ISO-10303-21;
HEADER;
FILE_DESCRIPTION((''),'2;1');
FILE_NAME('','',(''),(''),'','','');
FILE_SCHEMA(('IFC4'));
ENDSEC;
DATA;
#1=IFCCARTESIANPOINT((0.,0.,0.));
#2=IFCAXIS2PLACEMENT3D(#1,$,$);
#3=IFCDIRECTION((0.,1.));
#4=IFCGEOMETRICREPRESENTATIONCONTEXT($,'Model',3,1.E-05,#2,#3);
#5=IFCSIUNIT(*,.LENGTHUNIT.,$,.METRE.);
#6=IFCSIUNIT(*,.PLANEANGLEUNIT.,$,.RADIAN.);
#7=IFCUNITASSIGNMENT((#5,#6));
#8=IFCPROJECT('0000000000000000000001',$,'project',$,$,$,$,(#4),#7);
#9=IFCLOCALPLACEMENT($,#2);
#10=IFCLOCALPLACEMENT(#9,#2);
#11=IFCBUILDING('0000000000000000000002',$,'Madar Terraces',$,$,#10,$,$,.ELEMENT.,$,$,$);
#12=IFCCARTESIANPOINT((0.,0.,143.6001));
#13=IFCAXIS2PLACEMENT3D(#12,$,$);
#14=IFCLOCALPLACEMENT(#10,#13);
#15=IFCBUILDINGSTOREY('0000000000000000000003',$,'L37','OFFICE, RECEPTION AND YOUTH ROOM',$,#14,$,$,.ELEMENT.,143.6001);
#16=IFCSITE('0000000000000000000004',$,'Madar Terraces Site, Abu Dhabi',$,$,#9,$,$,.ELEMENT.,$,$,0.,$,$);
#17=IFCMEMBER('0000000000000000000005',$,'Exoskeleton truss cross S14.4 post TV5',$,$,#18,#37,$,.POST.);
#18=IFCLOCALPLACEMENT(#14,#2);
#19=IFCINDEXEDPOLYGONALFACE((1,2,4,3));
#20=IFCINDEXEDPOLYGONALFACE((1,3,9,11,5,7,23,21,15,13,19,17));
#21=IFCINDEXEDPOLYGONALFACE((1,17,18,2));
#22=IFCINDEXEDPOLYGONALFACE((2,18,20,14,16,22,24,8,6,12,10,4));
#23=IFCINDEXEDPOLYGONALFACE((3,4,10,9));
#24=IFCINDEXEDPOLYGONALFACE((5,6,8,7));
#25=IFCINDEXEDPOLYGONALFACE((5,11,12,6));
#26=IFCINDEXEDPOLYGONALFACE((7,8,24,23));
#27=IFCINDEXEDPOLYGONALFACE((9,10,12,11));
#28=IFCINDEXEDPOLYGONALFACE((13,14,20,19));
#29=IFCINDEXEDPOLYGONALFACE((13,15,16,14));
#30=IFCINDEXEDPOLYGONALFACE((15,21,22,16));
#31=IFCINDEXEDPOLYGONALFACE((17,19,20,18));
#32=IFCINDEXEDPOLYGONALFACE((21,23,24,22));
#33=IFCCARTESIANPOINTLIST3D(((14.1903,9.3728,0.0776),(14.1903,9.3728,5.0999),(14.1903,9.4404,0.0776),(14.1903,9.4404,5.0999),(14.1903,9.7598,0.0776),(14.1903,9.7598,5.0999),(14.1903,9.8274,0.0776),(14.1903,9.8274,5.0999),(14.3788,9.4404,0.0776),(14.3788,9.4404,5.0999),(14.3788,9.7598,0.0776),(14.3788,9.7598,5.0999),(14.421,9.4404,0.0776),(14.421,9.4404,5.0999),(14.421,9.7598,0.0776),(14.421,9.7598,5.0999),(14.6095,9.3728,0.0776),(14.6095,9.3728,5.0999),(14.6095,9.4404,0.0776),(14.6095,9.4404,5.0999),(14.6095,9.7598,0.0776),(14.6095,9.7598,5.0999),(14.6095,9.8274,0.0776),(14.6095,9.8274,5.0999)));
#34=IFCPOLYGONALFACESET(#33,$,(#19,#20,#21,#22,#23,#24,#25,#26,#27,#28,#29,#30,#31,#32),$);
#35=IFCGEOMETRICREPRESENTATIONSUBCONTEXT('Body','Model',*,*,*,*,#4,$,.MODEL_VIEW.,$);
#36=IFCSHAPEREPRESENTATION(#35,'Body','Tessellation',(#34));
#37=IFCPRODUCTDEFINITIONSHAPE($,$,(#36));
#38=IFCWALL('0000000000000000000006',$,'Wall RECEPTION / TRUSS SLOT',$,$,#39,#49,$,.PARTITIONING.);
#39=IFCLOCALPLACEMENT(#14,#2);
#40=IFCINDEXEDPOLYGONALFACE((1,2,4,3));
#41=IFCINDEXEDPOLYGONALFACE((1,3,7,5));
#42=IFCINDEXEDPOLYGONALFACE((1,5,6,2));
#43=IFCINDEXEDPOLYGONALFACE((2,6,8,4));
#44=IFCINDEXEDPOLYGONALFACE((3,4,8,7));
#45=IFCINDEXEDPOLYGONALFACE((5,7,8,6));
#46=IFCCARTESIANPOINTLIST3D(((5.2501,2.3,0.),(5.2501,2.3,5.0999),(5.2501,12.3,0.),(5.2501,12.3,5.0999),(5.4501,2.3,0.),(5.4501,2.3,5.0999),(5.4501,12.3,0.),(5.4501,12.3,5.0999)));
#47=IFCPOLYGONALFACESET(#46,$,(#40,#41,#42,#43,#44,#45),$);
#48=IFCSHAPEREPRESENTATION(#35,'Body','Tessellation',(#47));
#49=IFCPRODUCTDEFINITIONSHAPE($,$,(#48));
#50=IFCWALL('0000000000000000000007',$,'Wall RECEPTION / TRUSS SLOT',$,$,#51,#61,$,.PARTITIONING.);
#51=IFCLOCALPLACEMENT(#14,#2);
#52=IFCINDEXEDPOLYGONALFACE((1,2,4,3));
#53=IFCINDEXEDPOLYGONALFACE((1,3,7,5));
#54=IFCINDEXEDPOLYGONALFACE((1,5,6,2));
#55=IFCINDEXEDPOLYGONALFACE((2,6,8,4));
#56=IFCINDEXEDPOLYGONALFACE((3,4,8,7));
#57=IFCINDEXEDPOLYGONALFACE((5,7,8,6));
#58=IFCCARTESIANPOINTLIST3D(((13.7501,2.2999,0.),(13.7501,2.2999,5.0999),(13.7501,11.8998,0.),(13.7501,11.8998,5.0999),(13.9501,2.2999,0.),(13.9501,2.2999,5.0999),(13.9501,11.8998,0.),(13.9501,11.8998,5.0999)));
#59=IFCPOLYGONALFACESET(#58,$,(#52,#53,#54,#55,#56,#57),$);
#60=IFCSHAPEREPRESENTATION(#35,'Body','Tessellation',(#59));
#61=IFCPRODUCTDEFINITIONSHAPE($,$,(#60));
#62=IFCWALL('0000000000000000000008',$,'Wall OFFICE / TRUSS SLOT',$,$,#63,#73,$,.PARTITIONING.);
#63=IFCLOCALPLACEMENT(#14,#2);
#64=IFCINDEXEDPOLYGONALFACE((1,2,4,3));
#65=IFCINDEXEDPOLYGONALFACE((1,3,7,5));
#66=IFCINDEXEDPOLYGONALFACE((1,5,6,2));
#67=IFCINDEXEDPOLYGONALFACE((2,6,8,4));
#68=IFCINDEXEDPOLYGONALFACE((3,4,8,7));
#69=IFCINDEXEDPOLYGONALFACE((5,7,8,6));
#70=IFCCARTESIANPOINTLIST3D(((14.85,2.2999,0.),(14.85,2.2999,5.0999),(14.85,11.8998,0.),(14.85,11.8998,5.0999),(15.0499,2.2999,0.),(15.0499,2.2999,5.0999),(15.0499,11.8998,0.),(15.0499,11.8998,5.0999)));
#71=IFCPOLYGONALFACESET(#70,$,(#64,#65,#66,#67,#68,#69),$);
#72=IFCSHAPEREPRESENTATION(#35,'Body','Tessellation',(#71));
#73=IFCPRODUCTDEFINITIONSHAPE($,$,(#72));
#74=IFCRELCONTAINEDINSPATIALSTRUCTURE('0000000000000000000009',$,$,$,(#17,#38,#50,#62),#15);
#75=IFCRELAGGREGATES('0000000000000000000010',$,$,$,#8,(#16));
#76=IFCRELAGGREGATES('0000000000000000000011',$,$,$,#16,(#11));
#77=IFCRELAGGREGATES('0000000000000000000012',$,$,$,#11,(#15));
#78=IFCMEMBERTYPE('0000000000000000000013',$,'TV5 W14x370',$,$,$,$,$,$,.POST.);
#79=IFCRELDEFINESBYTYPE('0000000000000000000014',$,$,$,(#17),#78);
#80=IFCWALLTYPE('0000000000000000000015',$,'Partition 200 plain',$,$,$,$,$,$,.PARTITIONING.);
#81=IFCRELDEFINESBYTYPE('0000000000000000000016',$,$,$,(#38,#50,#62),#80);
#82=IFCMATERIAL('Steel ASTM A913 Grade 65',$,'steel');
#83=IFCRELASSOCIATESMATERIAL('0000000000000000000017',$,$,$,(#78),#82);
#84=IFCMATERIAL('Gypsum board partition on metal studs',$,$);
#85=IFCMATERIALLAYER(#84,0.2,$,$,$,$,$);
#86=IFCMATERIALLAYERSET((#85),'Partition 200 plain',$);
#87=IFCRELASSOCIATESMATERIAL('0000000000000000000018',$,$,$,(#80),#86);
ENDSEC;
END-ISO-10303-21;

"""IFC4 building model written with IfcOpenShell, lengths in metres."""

from ifc_helpers import new_model, si_unit, direction, frame, frame_2d, origin, origin_2d, place, context, subcontext, project, spatial, rectangle, i_section, extrude, material, layer, layer_set, material_profile, profile_set, type_object, element, save


model = new_model("IFC4")

# Units and contexts
model_context = context("Model", 3, precision=1e-05, world=origin(), true_north=direction((0.0, 1.0)))
body_context = subcontext(model_context, "Body", "Model", "MODEL_VIEW")
ifc_project = project(units=[si_unit("LENGTHUNIT", "METRE"), si_unit("PLANEANGLEUNIT", "RADIAN")], contexts=[model_context])

# Site, building, storey
site_placement = place(None, origin())
site = spatial("IfcSite", under=ifc_project, at=site_placement, Name="Madar Terraces Site, Abu Dhabi", CompositionType="ELEMENT", RefElevation=0.0)
building_placement = place(site_placement, origin())
building = spatial("IfcBuilding", under=site, at=building_placement, Name="Madar Terraces", CompositionType="ELEMENT")
storey_placement = place(building_placement, frame((0.0, 0.0, 143.6001)))
storey = spatial("IfcBuildingStorey", under=building, at=storey_placement, Name="L37", Description="OFFICE, RECEPTION AND YOUTH ROOM", CompositionType="ELEMENT", Elevation=143.6001)

# Member
ifc_material_1 = material(Name="Steel ASTM A913 Grade 65", Category="steel")
ifc_material_profile_1 = material_profile(ifc_material_1, i_section(OverallWidth=0.4192, OverallDepth=0.4546, WebThickness=0.0422, FlangeThickness=0.0676, at=origin_2d()), Name="W14x370")
ifc_profile_set_1 = profile_set([ifc_material_profile_1], Name="Steel ASTM A913 Grade 65")
member_type_1 = type_object("IfcMemberType", Name="TV5 W14x370", PredefinedType="POST", material=ifc_profile_set_1)
member_1_placement = place(storey_placement, frame((14.3999, 9.6001, 0.0776), z_axis=(0.0, 0.0, 1.0), x_axis=(-1.0, 0.0, 0.0)))
element("IfcMember", 1, at=member_1_placement, inside=storey, type_object=member_type_1, Name="Exoskeleton truss cross S14.4 post TV5", PredefinedType="POST", context=body_context, shape_type="SweptSolid", body=[
    extrude(i_section(OverallWidth=0.4192, OverallDepth=0.4546, WebThickness=0.0422, FlangeThickness=0.0676, at=origin_2d()), origin(), (0.0, 0.0, 1.0), 5.0222),
])

# Walls
ifc_material_2 = material(Name="Gypsum board partition on metal studs")
ifc_layer_1 = layer(ifc_material_2, 0.2)
ifc_layer_set_1 = layer_set([ifc_layer_1], Name="Partition 200 plain")
wall_type = type_object("IfcWallType", Name="Partition 200 plain", PredefinedType="PARTITIONING", material=ifc_layer_set_1)
wall_placement = place(storey_placement, frame((5.3501, 2.3, 0.0), z_axis=(0.0, 0.0, 1.0), x_axis=(0.0, 1.0, 0.0)))
element("IfcWall", 2, at=wall_placement, inside=storey, type_object=wall_type, Name="Wall RECEPTION / TRUSS SLOT", PredefinedType="PARTITIONING", context=body_context, shape_type="SweptSolid", body=[
    extrude(rectangle(XDim=10.0, YDim=0.2, at=frame_2d((5.0, 0.0))), origin(), (0.0, 0.0, 1.0), 5.0999),
])
for number, where, z_axis, x_axis, name in (
    (3, (13.8501, 2.3, 0.0), (0.0, 0.0, 1.0), (0.0, 1.0, 0.0), "Wall RECEPTION / TRUSS SLOT"),
    (4, (14.95, 2.3, 0.0), (0.0, 0.0, 1.0), (0.0, 1.0, 0.0), "Wall OFFICE / TRUSS SLOT"),
):
    element("IfcWall", number, at=place(storey_placement, frame(where, z_axis=z_axis, x_axis=x_axis)), inside=storey, type_object=wall_type, Name=name, PredefinedType="PARTITIONING", context=body_context, shape_type="SweptSolid", body=[
        extrude(rectangle(XDim=9.5999, YDim=0.2, at=frame_2d((4.7998, 0.0))), origin(), (0.0, 0.0, 1.0), 5.0999),
    ])

save(model, "model.ifc")
